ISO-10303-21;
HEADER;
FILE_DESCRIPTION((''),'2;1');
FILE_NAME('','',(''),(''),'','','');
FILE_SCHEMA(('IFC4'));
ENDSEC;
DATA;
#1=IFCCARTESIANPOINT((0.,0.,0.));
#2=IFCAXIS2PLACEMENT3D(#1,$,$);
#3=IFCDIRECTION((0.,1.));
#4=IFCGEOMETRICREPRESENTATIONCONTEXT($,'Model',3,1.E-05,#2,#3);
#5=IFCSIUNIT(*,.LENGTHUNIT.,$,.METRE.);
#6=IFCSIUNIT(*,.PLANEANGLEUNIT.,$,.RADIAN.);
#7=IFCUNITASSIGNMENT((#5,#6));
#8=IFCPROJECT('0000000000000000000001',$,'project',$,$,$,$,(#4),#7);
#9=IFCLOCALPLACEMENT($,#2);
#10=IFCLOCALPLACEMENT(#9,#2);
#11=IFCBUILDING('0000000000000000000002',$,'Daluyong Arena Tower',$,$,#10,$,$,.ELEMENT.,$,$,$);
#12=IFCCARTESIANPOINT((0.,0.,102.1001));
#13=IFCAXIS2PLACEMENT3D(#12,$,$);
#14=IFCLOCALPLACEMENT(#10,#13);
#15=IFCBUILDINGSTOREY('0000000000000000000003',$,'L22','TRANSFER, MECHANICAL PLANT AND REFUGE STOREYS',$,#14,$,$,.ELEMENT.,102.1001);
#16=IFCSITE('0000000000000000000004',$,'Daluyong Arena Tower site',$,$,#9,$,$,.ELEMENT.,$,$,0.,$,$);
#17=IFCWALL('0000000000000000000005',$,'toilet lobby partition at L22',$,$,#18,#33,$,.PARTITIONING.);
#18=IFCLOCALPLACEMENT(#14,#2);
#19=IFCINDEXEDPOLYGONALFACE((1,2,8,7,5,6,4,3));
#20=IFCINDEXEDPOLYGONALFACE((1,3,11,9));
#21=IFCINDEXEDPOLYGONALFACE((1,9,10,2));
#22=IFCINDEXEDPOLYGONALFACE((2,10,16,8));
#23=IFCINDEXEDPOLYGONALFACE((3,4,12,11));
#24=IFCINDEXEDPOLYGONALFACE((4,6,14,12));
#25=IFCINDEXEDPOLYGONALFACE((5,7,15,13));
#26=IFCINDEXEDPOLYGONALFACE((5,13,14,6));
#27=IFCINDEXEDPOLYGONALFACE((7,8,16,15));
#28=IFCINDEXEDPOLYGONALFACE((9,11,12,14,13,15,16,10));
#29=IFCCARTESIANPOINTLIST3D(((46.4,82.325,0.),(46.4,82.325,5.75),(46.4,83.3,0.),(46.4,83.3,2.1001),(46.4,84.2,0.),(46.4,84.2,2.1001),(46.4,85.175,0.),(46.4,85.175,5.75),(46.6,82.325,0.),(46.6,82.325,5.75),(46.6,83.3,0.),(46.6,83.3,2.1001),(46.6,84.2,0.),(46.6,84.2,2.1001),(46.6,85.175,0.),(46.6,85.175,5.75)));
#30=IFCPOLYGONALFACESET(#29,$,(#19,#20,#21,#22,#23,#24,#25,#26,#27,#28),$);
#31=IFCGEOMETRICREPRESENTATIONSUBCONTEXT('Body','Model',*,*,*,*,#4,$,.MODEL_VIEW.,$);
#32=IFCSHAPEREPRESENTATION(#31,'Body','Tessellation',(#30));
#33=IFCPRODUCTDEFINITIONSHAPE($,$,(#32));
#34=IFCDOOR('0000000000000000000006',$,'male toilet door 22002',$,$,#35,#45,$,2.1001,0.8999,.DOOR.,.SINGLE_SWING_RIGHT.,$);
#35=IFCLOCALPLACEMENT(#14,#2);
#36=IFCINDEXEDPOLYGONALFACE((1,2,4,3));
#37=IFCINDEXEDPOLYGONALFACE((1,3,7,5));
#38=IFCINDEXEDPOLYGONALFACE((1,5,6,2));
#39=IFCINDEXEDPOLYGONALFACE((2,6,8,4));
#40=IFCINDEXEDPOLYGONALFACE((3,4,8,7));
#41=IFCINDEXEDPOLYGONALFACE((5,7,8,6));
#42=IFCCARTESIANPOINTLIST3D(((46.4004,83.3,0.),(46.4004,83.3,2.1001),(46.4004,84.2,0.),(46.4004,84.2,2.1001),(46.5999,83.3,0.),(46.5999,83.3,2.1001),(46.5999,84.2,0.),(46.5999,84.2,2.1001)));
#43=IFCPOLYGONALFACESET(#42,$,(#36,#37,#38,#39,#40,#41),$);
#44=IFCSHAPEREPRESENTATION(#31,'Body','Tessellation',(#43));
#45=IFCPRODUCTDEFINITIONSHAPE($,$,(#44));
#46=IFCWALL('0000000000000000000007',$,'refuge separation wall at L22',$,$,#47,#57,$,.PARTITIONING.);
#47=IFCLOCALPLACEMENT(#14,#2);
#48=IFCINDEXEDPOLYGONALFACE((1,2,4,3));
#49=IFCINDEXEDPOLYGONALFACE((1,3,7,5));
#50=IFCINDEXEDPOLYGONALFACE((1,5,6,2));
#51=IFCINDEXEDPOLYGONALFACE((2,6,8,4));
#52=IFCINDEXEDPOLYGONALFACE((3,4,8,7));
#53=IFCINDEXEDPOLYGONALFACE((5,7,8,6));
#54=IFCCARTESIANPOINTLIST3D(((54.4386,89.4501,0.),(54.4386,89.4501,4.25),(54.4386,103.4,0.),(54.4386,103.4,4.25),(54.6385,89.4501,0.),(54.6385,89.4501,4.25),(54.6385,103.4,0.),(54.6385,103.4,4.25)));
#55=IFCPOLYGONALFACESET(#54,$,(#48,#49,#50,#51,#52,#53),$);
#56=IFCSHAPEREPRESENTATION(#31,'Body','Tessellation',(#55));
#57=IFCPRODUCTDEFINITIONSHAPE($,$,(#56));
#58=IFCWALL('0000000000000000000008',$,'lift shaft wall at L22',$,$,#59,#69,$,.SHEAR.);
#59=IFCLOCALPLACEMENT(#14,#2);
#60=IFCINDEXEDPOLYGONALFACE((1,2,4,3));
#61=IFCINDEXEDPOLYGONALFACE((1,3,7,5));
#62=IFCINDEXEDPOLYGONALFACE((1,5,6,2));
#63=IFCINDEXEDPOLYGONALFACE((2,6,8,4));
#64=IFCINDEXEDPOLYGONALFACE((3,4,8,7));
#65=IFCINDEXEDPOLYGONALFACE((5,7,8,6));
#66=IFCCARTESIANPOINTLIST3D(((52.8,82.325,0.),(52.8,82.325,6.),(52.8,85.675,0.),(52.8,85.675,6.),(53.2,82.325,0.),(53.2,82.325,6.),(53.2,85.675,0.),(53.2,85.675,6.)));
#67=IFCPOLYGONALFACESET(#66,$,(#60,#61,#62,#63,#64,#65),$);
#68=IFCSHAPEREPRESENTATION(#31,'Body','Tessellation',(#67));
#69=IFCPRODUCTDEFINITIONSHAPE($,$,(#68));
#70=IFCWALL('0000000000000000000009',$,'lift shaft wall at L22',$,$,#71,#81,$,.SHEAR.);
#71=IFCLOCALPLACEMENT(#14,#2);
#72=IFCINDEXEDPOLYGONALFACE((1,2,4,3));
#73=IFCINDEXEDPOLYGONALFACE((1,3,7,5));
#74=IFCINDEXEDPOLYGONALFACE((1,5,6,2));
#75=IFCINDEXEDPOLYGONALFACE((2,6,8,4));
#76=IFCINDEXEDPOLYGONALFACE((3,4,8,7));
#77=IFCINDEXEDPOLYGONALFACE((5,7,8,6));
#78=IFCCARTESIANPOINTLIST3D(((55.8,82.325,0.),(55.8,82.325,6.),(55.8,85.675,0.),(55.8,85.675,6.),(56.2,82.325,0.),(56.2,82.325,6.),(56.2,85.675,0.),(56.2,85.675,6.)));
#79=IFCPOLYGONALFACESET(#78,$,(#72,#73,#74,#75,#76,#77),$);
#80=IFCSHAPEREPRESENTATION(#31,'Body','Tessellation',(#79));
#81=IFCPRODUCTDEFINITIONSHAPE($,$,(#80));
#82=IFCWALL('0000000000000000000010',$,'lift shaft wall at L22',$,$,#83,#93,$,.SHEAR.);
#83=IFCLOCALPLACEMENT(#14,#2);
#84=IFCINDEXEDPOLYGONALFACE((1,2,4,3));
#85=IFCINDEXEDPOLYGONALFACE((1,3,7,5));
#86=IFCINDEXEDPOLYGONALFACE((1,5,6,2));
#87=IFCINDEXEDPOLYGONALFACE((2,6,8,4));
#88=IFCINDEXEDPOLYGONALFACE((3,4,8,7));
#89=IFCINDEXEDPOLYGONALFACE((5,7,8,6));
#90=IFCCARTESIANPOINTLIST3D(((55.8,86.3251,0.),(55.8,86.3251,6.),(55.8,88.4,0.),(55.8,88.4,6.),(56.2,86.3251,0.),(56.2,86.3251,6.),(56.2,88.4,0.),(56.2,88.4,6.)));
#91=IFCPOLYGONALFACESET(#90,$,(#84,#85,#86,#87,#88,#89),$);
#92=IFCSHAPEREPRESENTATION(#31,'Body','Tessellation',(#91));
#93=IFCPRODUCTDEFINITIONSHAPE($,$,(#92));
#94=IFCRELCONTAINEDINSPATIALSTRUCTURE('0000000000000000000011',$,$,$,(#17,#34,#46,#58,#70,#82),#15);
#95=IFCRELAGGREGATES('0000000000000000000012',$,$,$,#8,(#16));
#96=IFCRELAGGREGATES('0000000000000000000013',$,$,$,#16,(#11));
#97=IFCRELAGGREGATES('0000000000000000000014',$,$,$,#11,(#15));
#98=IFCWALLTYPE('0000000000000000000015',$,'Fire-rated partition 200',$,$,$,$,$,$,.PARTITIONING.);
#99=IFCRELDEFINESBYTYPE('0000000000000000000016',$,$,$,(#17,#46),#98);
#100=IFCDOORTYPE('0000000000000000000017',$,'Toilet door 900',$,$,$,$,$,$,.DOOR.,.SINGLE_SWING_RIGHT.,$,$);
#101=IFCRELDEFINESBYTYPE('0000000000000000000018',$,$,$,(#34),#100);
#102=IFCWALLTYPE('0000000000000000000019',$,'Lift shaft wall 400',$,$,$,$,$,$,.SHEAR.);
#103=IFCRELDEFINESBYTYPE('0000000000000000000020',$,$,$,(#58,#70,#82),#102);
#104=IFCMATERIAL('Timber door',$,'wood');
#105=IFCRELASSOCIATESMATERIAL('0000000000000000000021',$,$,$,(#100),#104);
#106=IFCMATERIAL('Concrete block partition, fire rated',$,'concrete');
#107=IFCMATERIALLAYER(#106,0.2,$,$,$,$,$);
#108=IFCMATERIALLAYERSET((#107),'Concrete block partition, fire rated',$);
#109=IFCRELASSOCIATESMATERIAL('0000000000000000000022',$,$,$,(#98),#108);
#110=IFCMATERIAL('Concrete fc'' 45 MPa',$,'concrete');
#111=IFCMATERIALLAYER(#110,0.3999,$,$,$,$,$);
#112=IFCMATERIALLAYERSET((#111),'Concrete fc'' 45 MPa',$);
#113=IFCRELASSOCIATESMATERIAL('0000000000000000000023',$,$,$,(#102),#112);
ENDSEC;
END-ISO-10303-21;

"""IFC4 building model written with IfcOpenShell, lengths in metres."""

from ifc_helpers import new_model, si_unit, direction, frame, frame_2d, origin, place, context, subcontext, project, spatial, rectangle, extrude, material, layer, layer_set, type_object, element, fill, save


model = new_model("IFC4")

# Units and contexts
model_context = context("Model", 3, precision=1e-05, world=origin(), true_north=direction((0.0, 1.0)))
body_context = subcontext(model_context, "Body", "Model", "MODEL_VIEW")
ifc_project = project(units=[si_unit("LENGTHUNIT", "METRE"), si_unit("PLANEANGLEUNIT", "RADIAN")], contexts=[model_context])

# Site, building, storey
site_placement = place(None, origin())
site = spatial("IfcSite", under=ifc_project, at=site_placement, Name="Daluyong Arena Tower site", CompositionType="ELEMENT", RefElevation=0.0)
building_placement = place(site_placement, origin())
building = spatial("IfcBuilding", under=site, at=building_placement, Name="Daluyong Arena Tower", CompositionType="ELEMENT")
storey_placement = place(building_placement, frame((0.0, 0.0, 102.1001)))
storey = spatial("IfcBuildingStorey", under=building, at=storey_placement, Name="L22", Description="TRANSFER, MECHANICAL PLANT AND REFUGE STOREYS", CompositionType="ELEMENT", Elevation=102.1001)

# Shared definitions
ifc_material_1 = material(Name="Timber door", Category="wood")
door_type_1 = type_object("IfcDoorType", Name="Toilet door 900", OperationType="SINGLE_SWING_RIGHT", PredefinedType="DOOR", material=ifc_material_1)

# Wall, opening, door
ifc_material_2 = material(Name="Concrete block partition, fire rated", Category="concrete")
ifc_layer_1 = layer(ifc_material_2, 0.2)
ifc_layer_set_1 = layer_set([ifc_layer_1], Name="Concrete block partition, fire rated")
wall_type_1 = type_object("IfcWallType", Name="Fire-rated partition 200", PredefinedType="PARTITIONING", material=ifc_layer_set_1)
wall_1_placement = place(storey_placement, frame((46.5, 82.325, 0.0), z_axis=(0.0, 0.0, 1.0), x_axis=(0.0, 1.0, 0.0)))
wall_1 = element("IfcWall", 1, at=wall_1_placement, inside=storey, type_object=wall_type_1, Name="toilet lobby partition at L22", PredefinedType="PARTITIONING", context=body_context, shape_type="SweptSolid", body=[
    extrude(rectangle(XDim=2.8501, YDim=0.2, at=frame_2d((1.425, 0.0))), origin(), (0.0, 0.0, 1.0), 5.75),
])
opening_1_placement = place(wall_1_placement, frame((0.9751, 0.0, 0.0)))
opening_1 = element("IfcOpeningElement", 2, at=opening_1_placement, cuts=wall_1, PredefinedType="OPENING", context=body_context, shape_type="SweptSolid", body=[
    extrude(rectangle(XDim=0.8999, YDim=2.1001, at=frame_2d((0.45, 1.05))), frame((0.0, 0.1099, 0.0), z_axis=(0.0, -1.0, 0.0), x_axis=(1.0, 0.0, 0.0)), (0.0, 0.0, 1.0), 0.22),
])
door_1_placement = place(opening_1_placement, origin())
door_1 = element("IfcDoor", 3, at=door_1_placement, inside=storey, type_object=door_type_1, Name="male toilet door 22002", OperationType="SINGLE_SWING_RIGHT", OverallHeight=2.1001, OverallWidth=0.8999, PredefinedType="DOOR", context=body_context, shape_type="SweptSolid", body=[
    extrude(rectangle(XDim=0.8999, YDim=2.1001, at=frame_2d((0.45, 1.05))), frame((0.0, 0.0996, 0.0), z_axis=(0.0, -1.0, 0.0), x_axis=(1.0, 0.0, 0.0)), (0.0, 0.0, 1.0), 0.1995),
])
fill(opening_1, door_1)

# Walls
wall_2_placement = place(storey_placement, frame((54.5386, 89.45, 0.0), z_axis=(0.0, 0.0, 1.0), x_axis=(0.0, 1.0, 0.0)))
element("IfcWall", 4, at=wall_2_placement, inside=storey, type_object=wall_type_1, Name="refuge separation wall at L22", PredefinedType="PARTITIONING", context=body_context, shape_type="SweptSolid", body=[
    extrude(rectangle(XDim=13.95, YDim=0.2, at=frame_2d((6.9751, 0.0))), origin(), (0.0, 0.0, 1.0), 4.25),
])
ifc_material_3 = material(Name="Concrete fc' 45 MPa", Category="concrete")
ifc_layer_2 = layer(ifc_material_3, 0.3999)
ifc_layer_set_2 = layer_set([ifc_layer_2], Name="Concrete fc' 45 MPa")
wall_type_2 = type_object("IfcWallType", Name="Lift shaft wall 400", PredefinedType="SHEAR", material=ifc_layer_set_2)
for number, where, z_axis, x_axis, name in (
    (5, (53.0, 82.325, 0.0), (0.0, 0.0, 1.0), (0.0, 1.0, 0.0), "lift shaft wall at L22"),
    (6, (56.0, 82.325, 0.0), (0.0, 0.0, 1.0), (0.0, 1.0, 0.0), "lift shaft wall at L22"),
):
    element("IfcWall", number, at=place(storey_placement, frame(where, z_axis=z_axis, x_axis=x_axis)), inside=storey, type_object=wall_type_2, Name=name, PredefinedType="SHEAR", context=body_context, shape_type="SweptSolid", body=[
        extrude(rectangle(XDim=3.3501, YDim=0.3999, at=frame_2d((1.675, 0.0))), origin(), (0.0, 0.0, 1.0), 6.0),
    ])
wall_3_placement = place(storey_placement, frame((56.0, 86.325, 0.0), z_axis=(0.0, 0.0, 1.0), x_axis=(0.0, 1.0, 0.0)))
element("IfcWall", 7, at=wall_3_placement, inside=storey, type_object=wall_type_2, Name="lift shaft wall at L22", PredefinedType="SHEAR", context=body_context, shape_type="SweptSolid", body=[
    extrude(rectangle(XDim=2.075, YDim=0.3999, at=frame_2d((1.0376, 0.0))), origin(), (0.0, 0.0, 1.0), 6.0),
])

save(model, "model.ifc")
